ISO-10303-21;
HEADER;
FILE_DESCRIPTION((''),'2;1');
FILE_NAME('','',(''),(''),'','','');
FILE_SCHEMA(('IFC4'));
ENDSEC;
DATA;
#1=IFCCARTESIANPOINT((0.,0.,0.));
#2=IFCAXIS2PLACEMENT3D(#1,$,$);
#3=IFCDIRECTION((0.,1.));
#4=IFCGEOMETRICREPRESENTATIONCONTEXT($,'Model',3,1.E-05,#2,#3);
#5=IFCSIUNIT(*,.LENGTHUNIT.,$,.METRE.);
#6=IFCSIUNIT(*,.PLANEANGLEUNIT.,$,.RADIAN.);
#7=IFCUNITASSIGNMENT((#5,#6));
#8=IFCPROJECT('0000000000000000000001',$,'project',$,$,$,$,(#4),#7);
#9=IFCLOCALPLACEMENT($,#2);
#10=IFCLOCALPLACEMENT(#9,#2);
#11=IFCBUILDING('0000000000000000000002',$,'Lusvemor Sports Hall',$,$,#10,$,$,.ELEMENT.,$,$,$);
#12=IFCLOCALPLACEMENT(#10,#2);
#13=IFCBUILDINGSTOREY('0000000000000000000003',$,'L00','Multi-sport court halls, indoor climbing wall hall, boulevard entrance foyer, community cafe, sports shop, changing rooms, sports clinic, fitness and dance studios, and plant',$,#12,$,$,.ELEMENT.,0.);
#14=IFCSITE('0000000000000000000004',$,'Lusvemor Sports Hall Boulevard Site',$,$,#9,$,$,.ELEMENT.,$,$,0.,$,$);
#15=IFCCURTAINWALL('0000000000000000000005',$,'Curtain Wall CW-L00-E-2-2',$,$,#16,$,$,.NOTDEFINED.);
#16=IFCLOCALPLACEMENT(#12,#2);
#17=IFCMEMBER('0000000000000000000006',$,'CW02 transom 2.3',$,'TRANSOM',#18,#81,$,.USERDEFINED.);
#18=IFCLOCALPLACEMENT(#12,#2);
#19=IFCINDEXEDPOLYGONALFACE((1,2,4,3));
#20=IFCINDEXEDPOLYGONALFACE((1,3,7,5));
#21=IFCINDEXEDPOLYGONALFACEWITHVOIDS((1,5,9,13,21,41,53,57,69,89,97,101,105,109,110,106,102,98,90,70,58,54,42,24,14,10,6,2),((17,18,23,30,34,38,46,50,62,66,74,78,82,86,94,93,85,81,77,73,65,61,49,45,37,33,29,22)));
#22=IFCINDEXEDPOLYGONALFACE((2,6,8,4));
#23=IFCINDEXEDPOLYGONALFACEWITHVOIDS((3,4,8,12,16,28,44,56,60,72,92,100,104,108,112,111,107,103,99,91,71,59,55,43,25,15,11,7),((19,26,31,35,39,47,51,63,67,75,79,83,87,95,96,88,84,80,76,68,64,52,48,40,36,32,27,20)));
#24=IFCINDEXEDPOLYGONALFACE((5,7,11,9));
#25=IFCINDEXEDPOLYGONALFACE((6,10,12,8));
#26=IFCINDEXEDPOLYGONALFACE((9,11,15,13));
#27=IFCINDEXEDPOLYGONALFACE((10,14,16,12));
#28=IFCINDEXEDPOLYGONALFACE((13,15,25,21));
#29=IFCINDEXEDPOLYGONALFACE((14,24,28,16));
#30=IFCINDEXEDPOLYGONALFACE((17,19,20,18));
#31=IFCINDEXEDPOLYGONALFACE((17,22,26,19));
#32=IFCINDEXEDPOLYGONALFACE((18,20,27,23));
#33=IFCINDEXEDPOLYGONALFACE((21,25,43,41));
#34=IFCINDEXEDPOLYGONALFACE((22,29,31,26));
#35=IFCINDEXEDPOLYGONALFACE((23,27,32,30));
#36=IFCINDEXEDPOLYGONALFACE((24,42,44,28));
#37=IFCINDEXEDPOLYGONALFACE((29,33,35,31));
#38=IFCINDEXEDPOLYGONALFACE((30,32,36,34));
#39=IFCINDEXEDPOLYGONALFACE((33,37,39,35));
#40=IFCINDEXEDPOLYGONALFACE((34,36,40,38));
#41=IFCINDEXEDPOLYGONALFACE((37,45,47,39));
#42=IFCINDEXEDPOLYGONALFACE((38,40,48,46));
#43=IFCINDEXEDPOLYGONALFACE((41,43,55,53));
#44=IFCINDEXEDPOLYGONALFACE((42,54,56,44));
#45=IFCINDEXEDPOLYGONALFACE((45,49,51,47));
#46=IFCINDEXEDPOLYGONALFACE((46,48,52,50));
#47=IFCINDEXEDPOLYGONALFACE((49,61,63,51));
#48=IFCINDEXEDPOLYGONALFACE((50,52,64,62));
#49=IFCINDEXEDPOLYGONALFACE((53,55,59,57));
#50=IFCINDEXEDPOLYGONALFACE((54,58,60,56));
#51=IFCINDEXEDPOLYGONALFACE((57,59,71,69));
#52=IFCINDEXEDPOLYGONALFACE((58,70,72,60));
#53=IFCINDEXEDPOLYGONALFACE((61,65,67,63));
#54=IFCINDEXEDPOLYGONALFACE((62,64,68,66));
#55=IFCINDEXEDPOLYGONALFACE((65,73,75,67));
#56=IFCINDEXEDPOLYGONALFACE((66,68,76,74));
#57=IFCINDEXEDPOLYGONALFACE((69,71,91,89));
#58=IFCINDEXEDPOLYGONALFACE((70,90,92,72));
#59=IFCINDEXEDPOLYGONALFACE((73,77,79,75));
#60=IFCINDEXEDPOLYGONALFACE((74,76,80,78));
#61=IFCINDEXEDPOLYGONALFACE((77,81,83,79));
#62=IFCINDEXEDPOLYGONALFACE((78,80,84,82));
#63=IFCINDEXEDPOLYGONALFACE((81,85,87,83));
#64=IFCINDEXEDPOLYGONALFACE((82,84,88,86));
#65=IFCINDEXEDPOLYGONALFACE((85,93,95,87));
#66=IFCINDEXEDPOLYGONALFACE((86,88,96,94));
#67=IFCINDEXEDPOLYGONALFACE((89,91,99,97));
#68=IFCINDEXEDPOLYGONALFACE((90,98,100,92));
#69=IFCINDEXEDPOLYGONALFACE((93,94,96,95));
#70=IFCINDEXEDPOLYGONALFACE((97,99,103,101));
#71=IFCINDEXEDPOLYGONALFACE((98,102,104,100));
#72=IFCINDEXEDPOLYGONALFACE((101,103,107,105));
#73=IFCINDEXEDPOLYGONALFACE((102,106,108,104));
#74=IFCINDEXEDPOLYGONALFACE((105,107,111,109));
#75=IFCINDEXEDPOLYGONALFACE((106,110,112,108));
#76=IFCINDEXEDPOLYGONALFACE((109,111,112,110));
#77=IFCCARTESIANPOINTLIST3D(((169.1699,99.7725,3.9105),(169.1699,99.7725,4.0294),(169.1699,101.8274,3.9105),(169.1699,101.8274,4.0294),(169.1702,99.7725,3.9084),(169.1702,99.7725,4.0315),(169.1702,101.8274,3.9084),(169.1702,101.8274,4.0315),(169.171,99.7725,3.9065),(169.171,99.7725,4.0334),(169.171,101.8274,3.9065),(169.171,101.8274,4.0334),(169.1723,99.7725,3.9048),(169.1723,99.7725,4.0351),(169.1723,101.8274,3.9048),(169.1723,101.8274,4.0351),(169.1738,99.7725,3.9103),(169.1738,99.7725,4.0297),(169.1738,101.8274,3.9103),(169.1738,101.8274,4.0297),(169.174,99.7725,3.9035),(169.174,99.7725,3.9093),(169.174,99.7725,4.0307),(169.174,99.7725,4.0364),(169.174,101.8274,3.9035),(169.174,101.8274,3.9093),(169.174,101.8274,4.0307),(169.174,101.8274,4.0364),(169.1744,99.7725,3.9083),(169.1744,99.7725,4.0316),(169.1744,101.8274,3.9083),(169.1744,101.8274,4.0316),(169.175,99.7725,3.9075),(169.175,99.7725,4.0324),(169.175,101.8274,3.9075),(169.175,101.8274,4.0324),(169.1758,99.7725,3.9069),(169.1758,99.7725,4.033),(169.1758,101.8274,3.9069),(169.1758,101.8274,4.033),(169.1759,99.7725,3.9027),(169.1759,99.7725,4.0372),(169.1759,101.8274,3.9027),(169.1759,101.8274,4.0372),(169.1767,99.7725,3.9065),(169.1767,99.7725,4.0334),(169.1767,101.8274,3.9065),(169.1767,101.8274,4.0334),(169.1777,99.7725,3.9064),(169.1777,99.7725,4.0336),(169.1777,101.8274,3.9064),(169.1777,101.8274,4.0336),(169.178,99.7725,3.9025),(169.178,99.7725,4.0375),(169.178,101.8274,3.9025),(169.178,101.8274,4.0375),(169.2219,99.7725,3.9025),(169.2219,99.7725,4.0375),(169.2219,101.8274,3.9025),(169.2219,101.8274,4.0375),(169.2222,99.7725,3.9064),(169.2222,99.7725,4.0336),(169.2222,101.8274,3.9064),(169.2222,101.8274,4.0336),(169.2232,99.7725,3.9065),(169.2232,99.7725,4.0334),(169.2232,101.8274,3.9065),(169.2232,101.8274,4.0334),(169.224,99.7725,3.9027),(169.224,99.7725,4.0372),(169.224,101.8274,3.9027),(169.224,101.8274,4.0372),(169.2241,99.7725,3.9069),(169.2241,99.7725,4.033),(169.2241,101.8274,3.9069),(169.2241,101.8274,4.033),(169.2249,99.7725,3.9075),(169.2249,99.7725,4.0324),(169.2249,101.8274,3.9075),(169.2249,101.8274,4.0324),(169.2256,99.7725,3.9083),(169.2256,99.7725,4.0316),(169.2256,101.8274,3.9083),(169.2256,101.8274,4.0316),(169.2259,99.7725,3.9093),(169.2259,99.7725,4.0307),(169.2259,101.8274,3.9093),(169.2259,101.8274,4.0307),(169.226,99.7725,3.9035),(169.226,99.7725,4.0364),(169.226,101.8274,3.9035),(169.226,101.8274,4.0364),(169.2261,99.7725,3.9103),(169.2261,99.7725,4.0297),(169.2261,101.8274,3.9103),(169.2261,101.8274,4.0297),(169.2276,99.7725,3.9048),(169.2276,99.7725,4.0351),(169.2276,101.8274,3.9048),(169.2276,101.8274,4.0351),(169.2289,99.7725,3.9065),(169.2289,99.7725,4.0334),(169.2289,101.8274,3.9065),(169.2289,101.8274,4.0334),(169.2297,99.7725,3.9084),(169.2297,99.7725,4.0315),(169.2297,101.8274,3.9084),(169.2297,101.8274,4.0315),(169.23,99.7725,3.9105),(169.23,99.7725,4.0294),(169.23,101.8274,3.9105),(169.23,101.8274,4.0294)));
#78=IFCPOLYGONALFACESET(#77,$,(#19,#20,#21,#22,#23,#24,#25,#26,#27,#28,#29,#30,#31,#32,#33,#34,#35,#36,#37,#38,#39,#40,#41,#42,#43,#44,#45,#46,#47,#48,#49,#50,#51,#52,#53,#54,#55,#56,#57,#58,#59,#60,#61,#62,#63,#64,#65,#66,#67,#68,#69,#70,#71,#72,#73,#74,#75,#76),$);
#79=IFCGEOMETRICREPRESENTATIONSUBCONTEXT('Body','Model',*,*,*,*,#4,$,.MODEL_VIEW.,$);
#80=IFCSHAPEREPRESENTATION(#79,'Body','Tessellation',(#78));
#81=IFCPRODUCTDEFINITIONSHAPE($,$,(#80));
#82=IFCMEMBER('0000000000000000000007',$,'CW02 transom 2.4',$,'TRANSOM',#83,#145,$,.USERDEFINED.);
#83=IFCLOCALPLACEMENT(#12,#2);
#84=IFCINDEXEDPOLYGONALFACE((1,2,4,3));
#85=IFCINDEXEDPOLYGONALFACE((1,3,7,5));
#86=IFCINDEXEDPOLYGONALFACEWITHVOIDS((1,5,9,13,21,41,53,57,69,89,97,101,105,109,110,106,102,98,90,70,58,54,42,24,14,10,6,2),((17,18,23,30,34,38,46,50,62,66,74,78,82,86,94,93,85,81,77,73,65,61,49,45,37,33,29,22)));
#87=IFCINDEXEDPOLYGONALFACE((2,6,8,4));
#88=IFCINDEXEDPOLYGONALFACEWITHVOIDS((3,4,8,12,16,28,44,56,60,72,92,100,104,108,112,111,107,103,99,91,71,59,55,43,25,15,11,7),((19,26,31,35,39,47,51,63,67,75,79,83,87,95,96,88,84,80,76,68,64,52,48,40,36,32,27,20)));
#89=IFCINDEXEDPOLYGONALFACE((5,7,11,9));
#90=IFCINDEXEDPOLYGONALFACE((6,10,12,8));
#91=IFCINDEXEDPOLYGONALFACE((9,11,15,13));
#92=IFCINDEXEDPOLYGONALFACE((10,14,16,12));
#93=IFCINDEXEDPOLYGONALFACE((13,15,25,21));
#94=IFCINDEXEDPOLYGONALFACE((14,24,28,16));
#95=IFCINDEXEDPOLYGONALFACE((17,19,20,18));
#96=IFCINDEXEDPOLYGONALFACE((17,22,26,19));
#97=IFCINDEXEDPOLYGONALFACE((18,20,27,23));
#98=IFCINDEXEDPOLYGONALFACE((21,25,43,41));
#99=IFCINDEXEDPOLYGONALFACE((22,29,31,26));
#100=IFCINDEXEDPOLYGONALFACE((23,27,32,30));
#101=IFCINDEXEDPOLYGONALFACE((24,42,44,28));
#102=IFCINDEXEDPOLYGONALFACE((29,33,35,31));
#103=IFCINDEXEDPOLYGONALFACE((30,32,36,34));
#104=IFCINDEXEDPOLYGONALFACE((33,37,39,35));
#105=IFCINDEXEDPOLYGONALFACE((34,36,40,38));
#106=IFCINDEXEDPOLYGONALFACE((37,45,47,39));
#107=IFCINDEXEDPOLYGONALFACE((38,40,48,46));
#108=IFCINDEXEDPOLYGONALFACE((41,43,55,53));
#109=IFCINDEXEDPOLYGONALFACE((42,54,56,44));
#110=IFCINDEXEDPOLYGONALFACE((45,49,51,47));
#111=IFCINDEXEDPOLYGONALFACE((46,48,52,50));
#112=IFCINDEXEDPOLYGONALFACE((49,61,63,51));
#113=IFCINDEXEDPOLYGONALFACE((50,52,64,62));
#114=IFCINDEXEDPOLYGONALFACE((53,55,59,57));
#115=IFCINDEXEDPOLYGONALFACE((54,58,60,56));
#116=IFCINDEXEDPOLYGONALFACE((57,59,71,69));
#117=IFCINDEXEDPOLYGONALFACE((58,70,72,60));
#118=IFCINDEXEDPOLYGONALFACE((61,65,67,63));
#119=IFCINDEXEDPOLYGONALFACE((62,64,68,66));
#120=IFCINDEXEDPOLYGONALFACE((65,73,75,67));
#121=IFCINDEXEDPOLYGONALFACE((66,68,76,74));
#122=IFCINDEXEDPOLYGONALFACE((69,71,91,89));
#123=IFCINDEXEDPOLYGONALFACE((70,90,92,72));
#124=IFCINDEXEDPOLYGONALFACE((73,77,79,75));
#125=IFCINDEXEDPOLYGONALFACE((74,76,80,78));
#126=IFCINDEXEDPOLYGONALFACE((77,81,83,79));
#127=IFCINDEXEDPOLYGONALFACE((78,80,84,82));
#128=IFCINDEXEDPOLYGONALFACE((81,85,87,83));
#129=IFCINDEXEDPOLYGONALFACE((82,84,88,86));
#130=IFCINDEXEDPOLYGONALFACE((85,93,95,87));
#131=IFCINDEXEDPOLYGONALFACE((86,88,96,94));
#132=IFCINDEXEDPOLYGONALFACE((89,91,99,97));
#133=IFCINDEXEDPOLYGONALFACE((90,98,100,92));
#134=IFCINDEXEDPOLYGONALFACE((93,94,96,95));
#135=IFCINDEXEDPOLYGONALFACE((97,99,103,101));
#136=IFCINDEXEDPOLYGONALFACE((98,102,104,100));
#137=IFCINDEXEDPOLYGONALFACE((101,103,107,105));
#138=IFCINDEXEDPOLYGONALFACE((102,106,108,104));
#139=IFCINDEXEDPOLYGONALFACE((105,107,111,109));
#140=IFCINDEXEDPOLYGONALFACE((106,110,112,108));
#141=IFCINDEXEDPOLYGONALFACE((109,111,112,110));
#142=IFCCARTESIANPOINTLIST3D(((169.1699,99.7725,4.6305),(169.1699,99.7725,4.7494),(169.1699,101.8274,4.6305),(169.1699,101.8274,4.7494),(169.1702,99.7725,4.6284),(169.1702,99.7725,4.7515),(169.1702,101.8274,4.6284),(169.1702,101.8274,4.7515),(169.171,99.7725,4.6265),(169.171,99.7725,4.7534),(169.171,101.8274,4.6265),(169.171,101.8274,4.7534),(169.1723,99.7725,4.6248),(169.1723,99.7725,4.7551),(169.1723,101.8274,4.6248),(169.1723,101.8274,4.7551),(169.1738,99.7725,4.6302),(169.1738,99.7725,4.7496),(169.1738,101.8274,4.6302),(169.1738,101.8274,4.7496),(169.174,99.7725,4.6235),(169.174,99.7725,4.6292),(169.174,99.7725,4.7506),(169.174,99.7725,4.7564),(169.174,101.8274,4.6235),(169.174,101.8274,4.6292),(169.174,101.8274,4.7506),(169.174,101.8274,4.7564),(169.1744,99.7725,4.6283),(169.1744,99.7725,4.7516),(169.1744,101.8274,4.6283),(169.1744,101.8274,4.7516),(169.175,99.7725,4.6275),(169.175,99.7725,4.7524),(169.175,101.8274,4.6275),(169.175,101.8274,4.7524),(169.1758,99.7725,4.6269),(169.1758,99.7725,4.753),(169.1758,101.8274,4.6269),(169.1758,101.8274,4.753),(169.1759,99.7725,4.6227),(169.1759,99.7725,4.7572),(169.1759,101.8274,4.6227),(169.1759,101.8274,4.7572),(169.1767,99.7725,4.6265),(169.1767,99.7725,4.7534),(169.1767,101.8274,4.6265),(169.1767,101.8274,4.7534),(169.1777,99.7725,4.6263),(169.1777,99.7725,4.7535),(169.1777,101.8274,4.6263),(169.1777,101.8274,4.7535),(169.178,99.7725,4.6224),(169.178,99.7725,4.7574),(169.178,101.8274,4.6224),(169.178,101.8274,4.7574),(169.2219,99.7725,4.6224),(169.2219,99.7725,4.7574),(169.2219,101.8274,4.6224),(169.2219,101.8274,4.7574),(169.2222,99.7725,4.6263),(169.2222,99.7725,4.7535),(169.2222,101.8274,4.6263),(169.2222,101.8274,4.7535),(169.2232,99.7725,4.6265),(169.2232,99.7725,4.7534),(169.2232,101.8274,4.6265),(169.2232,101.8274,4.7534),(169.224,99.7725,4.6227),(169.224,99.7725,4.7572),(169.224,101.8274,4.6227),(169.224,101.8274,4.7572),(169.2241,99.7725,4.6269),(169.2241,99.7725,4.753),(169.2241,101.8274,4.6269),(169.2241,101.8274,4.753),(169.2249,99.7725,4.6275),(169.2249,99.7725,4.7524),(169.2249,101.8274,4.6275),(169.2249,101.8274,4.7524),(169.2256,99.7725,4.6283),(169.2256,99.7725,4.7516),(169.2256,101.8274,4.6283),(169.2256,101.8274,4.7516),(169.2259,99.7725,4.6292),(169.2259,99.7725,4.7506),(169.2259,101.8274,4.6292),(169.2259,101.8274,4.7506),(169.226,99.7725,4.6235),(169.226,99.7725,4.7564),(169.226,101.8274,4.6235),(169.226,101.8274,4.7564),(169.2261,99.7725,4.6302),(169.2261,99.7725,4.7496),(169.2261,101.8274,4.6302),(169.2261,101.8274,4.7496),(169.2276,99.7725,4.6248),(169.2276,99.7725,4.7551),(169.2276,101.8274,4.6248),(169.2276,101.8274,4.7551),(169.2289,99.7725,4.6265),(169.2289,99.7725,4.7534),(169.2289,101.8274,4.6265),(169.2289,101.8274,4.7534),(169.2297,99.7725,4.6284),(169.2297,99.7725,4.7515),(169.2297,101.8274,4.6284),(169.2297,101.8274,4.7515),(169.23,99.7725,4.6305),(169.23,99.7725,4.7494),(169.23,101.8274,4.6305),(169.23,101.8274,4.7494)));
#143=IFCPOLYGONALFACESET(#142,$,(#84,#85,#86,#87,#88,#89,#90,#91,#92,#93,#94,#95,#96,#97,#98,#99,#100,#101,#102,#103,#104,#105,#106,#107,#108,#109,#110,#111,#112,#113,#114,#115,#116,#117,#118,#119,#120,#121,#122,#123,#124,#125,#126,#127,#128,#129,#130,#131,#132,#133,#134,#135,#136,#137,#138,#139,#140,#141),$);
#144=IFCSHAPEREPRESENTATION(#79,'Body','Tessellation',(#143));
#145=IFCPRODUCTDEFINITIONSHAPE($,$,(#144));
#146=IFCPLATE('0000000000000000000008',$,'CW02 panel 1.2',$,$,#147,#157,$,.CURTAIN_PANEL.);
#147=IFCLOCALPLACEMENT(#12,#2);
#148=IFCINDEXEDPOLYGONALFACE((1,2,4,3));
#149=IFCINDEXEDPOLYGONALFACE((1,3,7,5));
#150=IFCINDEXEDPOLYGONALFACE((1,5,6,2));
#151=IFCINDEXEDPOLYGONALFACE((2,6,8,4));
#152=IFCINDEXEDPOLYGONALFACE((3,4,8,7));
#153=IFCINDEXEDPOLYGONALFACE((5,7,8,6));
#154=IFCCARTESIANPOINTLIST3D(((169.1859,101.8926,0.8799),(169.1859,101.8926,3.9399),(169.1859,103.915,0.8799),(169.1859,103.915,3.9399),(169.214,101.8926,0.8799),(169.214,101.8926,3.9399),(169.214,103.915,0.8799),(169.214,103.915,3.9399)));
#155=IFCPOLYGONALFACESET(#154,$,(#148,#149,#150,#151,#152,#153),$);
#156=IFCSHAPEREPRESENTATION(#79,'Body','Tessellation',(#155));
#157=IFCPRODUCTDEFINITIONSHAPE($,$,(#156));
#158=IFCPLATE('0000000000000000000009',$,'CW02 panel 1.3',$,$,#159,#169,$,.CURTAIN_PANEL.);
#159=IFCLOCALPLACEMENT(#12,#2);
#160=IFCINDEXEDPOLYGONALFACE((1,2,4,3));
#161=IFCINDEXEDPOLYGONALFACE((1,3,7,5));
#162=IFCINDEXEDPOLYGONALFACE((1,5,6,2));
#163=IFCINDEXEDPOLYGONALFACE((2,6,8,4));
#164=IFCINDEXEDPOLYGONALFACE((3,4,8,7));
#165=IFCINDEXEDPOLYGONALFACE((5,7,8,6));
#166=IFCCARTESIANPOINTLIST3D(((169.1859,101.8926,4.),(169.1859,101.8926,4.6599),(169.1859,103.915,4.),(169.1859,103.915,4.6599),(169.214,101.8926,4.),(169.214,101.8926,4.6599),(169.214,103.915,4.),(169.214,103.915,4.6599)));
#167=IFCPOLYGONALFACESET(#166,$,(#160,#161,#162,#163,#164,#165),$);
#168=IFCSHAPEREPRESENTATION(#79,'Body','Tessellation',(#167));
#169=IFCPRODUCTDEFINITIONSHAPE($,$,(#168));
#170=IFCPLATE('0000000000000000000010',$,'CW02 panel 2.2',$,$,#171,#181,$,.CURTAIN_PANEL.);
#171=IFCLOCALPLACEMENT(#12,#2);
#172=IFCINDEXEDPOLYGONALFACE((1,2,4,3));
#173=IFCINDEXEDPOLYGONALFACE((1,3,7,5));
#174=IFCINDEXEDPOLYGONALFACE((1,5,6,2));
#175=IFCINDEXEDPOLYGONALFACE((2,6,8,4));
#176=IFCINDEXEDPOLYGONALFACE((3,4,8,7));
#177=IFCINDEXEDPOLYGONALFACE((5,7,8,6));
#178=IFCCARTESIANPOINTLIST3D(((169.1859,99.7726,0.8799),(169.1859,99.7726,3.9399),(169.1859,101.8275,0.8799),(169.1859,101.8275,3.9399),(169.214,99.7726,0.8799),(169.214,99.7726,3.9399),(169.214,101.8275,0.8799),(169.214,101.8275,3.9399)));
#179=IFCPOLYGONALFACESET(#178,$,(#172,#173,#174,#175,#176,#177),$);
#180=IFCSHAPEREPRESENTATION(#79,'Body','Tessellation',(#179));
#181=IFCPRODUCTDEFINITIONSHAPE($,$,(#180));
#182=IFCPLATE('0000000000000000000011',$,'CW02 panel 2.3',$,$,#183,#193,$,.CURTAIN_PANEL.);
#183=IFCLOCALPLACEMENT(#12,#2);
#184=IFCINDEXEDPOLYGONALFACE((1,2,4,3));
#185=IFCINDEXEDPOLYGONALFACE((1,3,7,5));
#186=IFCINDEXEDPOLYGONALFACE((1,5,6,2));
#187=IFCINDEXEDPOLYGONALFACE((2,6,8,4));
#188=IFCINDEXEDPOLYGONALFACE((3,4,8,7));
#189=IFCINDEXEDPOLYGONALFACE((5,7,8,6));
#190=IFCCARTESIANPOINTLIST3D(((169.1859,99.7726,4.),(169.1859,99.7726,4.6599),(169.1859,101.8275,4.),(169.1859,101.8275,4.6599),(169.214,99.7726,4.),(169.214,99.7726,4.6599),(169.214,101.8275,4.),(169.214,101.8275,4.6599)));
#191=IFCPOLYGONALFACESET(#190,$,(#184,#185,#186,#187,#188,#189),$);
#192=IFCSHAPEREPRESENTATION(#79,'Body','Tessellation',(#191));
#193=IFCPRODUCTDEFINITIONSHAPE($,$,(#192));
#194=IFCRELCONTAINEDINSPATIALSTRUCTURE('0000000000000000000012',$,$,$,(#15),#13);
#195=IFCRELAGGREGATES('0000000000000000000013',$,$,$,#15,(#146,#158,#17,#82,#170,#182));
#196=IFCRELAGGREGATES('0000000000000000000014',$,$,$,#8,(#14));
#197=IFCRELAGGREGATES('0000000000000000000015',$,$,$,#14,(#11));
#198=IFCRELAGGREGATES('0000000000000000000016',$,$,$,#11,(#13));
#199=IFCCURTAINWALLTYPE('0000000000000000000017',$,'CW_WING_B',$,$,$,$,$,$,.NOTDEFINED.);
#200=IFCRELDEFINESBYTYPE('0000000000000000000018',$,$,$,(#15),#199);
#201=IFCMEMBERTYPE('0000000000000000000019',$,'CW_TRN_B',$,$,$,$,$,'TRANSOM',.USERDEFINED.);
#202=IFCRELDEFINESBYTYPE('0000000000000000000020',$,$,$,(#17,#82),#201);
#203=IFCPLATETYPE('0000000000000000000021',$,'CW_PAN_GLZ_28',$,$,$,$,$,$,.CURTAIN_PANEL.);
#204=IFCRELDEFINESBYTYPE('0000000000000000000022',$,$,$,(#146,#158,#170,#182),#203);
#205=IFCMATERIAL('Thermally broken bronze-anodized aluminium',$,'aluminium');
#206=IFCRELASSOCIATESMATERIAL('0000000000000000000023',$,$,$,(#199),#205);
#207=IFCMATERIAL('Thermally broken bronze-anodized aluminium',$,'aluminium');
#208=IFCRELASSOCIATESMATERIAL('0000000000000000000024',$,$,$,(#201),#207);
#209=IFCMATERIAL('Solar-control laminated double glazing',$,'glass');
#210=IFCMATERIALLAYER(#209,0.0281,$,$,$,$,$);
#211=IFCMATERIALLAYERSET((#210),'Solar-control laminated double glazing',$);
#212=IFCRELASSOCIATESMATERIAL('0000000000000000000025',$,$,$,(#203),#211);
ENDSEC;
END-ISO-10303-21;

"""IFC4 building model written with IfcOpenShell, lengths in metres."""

from ifc_helpers import new_model, si_unit, direction, frame, origin, origin_2d, place, context, subcontext, project, spatial, rectangle, hollow_rectangle, extrude, material, layer, layer_set, material_profile, profile_set, type_object, element, aggregate, save


model = new_model("IFC4")

# Units and contexts
model_context = context("Model", 3, precision=1e-05, world=origin(), true_north=direction((0.0, 1.0)))
body_context = subcontext(model_context, "Body", "Model", "MODEL_VIEW")
ifc_project = project(units=[si_unit("LENGTHUNIT", "METRE"), si_unit("PLANEANGLEUNIT", "RADIAN")], contexts=[model_context])

# Site, building, storey
site_placement = place(None, origin())
site = spatial("IfcSite", under=ifc_project, at=site_placement, Name="Lusvemor Sports Hall Boulevard Site", CompositionType="ELEMENT", RefElevation=0.0)
building_placement = place(site_placement, origin())
building = spatial("IfcBuilding", under=site, at=building_placement, Name="Lusvemor Sports Hall", CompositionType="ELEMENT")
storey_placement = place(building_placement, origin())
storey = spatial("IfcBuildingStorey", under=building, at=storey_placement, Name="L00", Description="Multi-sport court halls, indoor climbing wall hall, boulevard entrance foyer, community cafe, sports shop, changing rooms, sports clinic, fitness and dance studios, and plant", CompositionType="ELEMENT", Elevation=0.0)

# Curtain wall, members, plates
ifc_material_1 = material(Name="Thermally broken bronze-anodized aluminium", Category="aluminium")
curtain_wall_type = type_object("IfcCurtainWallType", Name="CW_WING_B", PredefinedType="NOTDEFINED", material=ifc_material_1)
curtain_wall_placement = place(storey_placement, origin())
curtain_wall = element("IfcCurtainWall", 1, at=curtain_wall_placement, inside=storey, type_object=curtain_wall_type, Name="Curtain Wall CW-L00-E-2-2", PredefinedType="NOTDEFINED")
ifc_material_2 = material(Name="Thermally broken bronze-anodized aluminium", Category="aluminium")
ifc_material_profile_1 = material_profile(ifc_material_2, hollow_rectangle(XDim=0.0601, YDim=0.135, WallThickness=0.0039, InnerFilletRadius=0.0039, OuterFilletRadius=0.0081, at=origin_2d()), Name="CWTRN135x60x4")
ifc_profile_set_1 = profile_set([ifc_material_profile_1], Name="Thermally broken bronze-anodized aluminium")
member_type_1 = type_object("IfcMemberType", Name="CW_TRN_B", ElementType="TRANSOM", PredefinedType="USERDEFINED", material=ifc_profile_set_1)
member_1_placement = place(storey_placement, frame((169.2, 101.8274, 3.97), z_axis=(0.0, -1.0, 0.0), x_axis=(1.0, 0.0, 0.0)))
member_1 = element("IfcMember", 2, at=member_1_placement, type_object=member_type_1, Name="CW02 transom 2.3", ObjectType="TRANSOM", PredefinedType="USERDEFINED", context=body_context, shape_type="SweptSolid", body=[
    extrude(hollow_rectangle(XDim=0.0601, YDim=0.135, WallThickness=0.0039, InnerFilletRadius=0.0039, OuterFilletRadius=0.0081, at=origin_2d()), origin(), (0.0, 0.0, 1.0), 2.0549),
])
member_2_placement = place(storey_placement, frame((169.2, 101.8274, 4.6899), z_axis=(0.0, -1.0, 0.0), x_axis=(1.0, 0.0, 0.0)))
member_2 = element("IfcMember", 3, at=member_2_placement, type_object=member_type_1, Name="CW02 transom 2.4", ObjectType="TRANSOM", PredefinedType="USERDEFINED", context=body_context, shape_type="SweptSolid", body=[
    extrude(hollow_rectangle(XDim=0.0601, YDim=0.135, WallThickness=0.0039, InnerFilletRadius=0.0039, OuterFilletRadius=0.0081, at=origin_2d()), origin(), (0.0, 0.0, 1.0), 2.0549),
])
ifc_material_3 = material(Name="Solar-control laminated double glazing", Category="glass")
ifc_layer_1 = layer(ifc_material_3, 0.0281)
ifc_layer_set_1 = layer_set([ifc_layer_1], Name="Solar-control laminated double glazing")
plate_type_1 = type_object("IfcPlateType", Name="CW_PAN_GLZ_28", PredefinedType="CURTAIN_PANEL", material=ifc_layer_set_1)
plate_1_placement = place(storey_placement, frame((169.2, 102.9038, 0.8799), z_axis=(0.0, 0.0, 1.0), x_axis=(0.0, -1.0, 0.0)))
plate_1 = element("IfcPlate", 4, at=plate_1_placement, type_object=plate_type_1, Name="CW02 panel 1.2", PredefinedType="CURTAIN_PANEL", context=body_context, shape_type="SweptSolid", body=[
    extrude(rectangle(XDim=2.0225, YDim=0.0281, at=origin_2d()), origin(), (0.0, 0.0, 1.0), 3.0601),
])
plate_2_placement = place(storey_placement, frame((169.2, 102.9038, 4.0), z_axis=(0.0, 0.0, 1.0), x_axis=(0.0, -1.0, 0.0)))
plate_2 = element("IfcPlate", 5, at=plate_2_placement, type_object=plate_type_1, Name="CW02 panel 1.3", PredefinedType="CURTAIN_PANEL", context=body_context, shape_type="SweptSolid", body=[
    extrude(rectangle(XDim=2.0225, YDim=0.0281, at=origin_2d()), origin(), (0.0, 0.0, 1.0), 0.6599),
])
plate_3_placement = place(storey_placement, frame((169.2, 100.8, 0.8799), z_axis=(0.0, 0.0, 1.0), x_axis=(0.0, -1.0, 0.0)))
plate_3 = element("IfcPlate", 6, at=plate_3_placement, type_object=plate_type_1, Name="CW02 panel 2.2", PredefinedType="CURTAIN_PANEL", context=body_context, shape_type="SweptSolid", body=[
    extrude(rectangle(XDim=2.0549, YDim=0.0281, at=origin_2d()), origin(), (0.0, 0.0, 1.0), 3.0601),
])
plate_4_placement = place(storey_placement, frame((169.2, 100.8, 4.0), z_axis=(0.0, 0.0, 1.0), x_axis=(0.0, -1.0, 0.0)))
plate_4 = element("IfcPlate", 7, at=plate_4_placement, type_object=plate_type_1, Name="CW02 panel 2.3", PredefinedType="CURTAIN_PANEL", context=body_context, shape_type="SweptSolid", body=[
    extrude(rectangle(XDim=2.0549, YDim=0.0281, at=origin_2d()), origin(), (0.0, 0.0, 1.0), 0.6599),
])
aggregate(curtain_wall, [plate_1, plate_2, member_1, member_2, plate_3, plate_4])

save(model, "model.ifc")
